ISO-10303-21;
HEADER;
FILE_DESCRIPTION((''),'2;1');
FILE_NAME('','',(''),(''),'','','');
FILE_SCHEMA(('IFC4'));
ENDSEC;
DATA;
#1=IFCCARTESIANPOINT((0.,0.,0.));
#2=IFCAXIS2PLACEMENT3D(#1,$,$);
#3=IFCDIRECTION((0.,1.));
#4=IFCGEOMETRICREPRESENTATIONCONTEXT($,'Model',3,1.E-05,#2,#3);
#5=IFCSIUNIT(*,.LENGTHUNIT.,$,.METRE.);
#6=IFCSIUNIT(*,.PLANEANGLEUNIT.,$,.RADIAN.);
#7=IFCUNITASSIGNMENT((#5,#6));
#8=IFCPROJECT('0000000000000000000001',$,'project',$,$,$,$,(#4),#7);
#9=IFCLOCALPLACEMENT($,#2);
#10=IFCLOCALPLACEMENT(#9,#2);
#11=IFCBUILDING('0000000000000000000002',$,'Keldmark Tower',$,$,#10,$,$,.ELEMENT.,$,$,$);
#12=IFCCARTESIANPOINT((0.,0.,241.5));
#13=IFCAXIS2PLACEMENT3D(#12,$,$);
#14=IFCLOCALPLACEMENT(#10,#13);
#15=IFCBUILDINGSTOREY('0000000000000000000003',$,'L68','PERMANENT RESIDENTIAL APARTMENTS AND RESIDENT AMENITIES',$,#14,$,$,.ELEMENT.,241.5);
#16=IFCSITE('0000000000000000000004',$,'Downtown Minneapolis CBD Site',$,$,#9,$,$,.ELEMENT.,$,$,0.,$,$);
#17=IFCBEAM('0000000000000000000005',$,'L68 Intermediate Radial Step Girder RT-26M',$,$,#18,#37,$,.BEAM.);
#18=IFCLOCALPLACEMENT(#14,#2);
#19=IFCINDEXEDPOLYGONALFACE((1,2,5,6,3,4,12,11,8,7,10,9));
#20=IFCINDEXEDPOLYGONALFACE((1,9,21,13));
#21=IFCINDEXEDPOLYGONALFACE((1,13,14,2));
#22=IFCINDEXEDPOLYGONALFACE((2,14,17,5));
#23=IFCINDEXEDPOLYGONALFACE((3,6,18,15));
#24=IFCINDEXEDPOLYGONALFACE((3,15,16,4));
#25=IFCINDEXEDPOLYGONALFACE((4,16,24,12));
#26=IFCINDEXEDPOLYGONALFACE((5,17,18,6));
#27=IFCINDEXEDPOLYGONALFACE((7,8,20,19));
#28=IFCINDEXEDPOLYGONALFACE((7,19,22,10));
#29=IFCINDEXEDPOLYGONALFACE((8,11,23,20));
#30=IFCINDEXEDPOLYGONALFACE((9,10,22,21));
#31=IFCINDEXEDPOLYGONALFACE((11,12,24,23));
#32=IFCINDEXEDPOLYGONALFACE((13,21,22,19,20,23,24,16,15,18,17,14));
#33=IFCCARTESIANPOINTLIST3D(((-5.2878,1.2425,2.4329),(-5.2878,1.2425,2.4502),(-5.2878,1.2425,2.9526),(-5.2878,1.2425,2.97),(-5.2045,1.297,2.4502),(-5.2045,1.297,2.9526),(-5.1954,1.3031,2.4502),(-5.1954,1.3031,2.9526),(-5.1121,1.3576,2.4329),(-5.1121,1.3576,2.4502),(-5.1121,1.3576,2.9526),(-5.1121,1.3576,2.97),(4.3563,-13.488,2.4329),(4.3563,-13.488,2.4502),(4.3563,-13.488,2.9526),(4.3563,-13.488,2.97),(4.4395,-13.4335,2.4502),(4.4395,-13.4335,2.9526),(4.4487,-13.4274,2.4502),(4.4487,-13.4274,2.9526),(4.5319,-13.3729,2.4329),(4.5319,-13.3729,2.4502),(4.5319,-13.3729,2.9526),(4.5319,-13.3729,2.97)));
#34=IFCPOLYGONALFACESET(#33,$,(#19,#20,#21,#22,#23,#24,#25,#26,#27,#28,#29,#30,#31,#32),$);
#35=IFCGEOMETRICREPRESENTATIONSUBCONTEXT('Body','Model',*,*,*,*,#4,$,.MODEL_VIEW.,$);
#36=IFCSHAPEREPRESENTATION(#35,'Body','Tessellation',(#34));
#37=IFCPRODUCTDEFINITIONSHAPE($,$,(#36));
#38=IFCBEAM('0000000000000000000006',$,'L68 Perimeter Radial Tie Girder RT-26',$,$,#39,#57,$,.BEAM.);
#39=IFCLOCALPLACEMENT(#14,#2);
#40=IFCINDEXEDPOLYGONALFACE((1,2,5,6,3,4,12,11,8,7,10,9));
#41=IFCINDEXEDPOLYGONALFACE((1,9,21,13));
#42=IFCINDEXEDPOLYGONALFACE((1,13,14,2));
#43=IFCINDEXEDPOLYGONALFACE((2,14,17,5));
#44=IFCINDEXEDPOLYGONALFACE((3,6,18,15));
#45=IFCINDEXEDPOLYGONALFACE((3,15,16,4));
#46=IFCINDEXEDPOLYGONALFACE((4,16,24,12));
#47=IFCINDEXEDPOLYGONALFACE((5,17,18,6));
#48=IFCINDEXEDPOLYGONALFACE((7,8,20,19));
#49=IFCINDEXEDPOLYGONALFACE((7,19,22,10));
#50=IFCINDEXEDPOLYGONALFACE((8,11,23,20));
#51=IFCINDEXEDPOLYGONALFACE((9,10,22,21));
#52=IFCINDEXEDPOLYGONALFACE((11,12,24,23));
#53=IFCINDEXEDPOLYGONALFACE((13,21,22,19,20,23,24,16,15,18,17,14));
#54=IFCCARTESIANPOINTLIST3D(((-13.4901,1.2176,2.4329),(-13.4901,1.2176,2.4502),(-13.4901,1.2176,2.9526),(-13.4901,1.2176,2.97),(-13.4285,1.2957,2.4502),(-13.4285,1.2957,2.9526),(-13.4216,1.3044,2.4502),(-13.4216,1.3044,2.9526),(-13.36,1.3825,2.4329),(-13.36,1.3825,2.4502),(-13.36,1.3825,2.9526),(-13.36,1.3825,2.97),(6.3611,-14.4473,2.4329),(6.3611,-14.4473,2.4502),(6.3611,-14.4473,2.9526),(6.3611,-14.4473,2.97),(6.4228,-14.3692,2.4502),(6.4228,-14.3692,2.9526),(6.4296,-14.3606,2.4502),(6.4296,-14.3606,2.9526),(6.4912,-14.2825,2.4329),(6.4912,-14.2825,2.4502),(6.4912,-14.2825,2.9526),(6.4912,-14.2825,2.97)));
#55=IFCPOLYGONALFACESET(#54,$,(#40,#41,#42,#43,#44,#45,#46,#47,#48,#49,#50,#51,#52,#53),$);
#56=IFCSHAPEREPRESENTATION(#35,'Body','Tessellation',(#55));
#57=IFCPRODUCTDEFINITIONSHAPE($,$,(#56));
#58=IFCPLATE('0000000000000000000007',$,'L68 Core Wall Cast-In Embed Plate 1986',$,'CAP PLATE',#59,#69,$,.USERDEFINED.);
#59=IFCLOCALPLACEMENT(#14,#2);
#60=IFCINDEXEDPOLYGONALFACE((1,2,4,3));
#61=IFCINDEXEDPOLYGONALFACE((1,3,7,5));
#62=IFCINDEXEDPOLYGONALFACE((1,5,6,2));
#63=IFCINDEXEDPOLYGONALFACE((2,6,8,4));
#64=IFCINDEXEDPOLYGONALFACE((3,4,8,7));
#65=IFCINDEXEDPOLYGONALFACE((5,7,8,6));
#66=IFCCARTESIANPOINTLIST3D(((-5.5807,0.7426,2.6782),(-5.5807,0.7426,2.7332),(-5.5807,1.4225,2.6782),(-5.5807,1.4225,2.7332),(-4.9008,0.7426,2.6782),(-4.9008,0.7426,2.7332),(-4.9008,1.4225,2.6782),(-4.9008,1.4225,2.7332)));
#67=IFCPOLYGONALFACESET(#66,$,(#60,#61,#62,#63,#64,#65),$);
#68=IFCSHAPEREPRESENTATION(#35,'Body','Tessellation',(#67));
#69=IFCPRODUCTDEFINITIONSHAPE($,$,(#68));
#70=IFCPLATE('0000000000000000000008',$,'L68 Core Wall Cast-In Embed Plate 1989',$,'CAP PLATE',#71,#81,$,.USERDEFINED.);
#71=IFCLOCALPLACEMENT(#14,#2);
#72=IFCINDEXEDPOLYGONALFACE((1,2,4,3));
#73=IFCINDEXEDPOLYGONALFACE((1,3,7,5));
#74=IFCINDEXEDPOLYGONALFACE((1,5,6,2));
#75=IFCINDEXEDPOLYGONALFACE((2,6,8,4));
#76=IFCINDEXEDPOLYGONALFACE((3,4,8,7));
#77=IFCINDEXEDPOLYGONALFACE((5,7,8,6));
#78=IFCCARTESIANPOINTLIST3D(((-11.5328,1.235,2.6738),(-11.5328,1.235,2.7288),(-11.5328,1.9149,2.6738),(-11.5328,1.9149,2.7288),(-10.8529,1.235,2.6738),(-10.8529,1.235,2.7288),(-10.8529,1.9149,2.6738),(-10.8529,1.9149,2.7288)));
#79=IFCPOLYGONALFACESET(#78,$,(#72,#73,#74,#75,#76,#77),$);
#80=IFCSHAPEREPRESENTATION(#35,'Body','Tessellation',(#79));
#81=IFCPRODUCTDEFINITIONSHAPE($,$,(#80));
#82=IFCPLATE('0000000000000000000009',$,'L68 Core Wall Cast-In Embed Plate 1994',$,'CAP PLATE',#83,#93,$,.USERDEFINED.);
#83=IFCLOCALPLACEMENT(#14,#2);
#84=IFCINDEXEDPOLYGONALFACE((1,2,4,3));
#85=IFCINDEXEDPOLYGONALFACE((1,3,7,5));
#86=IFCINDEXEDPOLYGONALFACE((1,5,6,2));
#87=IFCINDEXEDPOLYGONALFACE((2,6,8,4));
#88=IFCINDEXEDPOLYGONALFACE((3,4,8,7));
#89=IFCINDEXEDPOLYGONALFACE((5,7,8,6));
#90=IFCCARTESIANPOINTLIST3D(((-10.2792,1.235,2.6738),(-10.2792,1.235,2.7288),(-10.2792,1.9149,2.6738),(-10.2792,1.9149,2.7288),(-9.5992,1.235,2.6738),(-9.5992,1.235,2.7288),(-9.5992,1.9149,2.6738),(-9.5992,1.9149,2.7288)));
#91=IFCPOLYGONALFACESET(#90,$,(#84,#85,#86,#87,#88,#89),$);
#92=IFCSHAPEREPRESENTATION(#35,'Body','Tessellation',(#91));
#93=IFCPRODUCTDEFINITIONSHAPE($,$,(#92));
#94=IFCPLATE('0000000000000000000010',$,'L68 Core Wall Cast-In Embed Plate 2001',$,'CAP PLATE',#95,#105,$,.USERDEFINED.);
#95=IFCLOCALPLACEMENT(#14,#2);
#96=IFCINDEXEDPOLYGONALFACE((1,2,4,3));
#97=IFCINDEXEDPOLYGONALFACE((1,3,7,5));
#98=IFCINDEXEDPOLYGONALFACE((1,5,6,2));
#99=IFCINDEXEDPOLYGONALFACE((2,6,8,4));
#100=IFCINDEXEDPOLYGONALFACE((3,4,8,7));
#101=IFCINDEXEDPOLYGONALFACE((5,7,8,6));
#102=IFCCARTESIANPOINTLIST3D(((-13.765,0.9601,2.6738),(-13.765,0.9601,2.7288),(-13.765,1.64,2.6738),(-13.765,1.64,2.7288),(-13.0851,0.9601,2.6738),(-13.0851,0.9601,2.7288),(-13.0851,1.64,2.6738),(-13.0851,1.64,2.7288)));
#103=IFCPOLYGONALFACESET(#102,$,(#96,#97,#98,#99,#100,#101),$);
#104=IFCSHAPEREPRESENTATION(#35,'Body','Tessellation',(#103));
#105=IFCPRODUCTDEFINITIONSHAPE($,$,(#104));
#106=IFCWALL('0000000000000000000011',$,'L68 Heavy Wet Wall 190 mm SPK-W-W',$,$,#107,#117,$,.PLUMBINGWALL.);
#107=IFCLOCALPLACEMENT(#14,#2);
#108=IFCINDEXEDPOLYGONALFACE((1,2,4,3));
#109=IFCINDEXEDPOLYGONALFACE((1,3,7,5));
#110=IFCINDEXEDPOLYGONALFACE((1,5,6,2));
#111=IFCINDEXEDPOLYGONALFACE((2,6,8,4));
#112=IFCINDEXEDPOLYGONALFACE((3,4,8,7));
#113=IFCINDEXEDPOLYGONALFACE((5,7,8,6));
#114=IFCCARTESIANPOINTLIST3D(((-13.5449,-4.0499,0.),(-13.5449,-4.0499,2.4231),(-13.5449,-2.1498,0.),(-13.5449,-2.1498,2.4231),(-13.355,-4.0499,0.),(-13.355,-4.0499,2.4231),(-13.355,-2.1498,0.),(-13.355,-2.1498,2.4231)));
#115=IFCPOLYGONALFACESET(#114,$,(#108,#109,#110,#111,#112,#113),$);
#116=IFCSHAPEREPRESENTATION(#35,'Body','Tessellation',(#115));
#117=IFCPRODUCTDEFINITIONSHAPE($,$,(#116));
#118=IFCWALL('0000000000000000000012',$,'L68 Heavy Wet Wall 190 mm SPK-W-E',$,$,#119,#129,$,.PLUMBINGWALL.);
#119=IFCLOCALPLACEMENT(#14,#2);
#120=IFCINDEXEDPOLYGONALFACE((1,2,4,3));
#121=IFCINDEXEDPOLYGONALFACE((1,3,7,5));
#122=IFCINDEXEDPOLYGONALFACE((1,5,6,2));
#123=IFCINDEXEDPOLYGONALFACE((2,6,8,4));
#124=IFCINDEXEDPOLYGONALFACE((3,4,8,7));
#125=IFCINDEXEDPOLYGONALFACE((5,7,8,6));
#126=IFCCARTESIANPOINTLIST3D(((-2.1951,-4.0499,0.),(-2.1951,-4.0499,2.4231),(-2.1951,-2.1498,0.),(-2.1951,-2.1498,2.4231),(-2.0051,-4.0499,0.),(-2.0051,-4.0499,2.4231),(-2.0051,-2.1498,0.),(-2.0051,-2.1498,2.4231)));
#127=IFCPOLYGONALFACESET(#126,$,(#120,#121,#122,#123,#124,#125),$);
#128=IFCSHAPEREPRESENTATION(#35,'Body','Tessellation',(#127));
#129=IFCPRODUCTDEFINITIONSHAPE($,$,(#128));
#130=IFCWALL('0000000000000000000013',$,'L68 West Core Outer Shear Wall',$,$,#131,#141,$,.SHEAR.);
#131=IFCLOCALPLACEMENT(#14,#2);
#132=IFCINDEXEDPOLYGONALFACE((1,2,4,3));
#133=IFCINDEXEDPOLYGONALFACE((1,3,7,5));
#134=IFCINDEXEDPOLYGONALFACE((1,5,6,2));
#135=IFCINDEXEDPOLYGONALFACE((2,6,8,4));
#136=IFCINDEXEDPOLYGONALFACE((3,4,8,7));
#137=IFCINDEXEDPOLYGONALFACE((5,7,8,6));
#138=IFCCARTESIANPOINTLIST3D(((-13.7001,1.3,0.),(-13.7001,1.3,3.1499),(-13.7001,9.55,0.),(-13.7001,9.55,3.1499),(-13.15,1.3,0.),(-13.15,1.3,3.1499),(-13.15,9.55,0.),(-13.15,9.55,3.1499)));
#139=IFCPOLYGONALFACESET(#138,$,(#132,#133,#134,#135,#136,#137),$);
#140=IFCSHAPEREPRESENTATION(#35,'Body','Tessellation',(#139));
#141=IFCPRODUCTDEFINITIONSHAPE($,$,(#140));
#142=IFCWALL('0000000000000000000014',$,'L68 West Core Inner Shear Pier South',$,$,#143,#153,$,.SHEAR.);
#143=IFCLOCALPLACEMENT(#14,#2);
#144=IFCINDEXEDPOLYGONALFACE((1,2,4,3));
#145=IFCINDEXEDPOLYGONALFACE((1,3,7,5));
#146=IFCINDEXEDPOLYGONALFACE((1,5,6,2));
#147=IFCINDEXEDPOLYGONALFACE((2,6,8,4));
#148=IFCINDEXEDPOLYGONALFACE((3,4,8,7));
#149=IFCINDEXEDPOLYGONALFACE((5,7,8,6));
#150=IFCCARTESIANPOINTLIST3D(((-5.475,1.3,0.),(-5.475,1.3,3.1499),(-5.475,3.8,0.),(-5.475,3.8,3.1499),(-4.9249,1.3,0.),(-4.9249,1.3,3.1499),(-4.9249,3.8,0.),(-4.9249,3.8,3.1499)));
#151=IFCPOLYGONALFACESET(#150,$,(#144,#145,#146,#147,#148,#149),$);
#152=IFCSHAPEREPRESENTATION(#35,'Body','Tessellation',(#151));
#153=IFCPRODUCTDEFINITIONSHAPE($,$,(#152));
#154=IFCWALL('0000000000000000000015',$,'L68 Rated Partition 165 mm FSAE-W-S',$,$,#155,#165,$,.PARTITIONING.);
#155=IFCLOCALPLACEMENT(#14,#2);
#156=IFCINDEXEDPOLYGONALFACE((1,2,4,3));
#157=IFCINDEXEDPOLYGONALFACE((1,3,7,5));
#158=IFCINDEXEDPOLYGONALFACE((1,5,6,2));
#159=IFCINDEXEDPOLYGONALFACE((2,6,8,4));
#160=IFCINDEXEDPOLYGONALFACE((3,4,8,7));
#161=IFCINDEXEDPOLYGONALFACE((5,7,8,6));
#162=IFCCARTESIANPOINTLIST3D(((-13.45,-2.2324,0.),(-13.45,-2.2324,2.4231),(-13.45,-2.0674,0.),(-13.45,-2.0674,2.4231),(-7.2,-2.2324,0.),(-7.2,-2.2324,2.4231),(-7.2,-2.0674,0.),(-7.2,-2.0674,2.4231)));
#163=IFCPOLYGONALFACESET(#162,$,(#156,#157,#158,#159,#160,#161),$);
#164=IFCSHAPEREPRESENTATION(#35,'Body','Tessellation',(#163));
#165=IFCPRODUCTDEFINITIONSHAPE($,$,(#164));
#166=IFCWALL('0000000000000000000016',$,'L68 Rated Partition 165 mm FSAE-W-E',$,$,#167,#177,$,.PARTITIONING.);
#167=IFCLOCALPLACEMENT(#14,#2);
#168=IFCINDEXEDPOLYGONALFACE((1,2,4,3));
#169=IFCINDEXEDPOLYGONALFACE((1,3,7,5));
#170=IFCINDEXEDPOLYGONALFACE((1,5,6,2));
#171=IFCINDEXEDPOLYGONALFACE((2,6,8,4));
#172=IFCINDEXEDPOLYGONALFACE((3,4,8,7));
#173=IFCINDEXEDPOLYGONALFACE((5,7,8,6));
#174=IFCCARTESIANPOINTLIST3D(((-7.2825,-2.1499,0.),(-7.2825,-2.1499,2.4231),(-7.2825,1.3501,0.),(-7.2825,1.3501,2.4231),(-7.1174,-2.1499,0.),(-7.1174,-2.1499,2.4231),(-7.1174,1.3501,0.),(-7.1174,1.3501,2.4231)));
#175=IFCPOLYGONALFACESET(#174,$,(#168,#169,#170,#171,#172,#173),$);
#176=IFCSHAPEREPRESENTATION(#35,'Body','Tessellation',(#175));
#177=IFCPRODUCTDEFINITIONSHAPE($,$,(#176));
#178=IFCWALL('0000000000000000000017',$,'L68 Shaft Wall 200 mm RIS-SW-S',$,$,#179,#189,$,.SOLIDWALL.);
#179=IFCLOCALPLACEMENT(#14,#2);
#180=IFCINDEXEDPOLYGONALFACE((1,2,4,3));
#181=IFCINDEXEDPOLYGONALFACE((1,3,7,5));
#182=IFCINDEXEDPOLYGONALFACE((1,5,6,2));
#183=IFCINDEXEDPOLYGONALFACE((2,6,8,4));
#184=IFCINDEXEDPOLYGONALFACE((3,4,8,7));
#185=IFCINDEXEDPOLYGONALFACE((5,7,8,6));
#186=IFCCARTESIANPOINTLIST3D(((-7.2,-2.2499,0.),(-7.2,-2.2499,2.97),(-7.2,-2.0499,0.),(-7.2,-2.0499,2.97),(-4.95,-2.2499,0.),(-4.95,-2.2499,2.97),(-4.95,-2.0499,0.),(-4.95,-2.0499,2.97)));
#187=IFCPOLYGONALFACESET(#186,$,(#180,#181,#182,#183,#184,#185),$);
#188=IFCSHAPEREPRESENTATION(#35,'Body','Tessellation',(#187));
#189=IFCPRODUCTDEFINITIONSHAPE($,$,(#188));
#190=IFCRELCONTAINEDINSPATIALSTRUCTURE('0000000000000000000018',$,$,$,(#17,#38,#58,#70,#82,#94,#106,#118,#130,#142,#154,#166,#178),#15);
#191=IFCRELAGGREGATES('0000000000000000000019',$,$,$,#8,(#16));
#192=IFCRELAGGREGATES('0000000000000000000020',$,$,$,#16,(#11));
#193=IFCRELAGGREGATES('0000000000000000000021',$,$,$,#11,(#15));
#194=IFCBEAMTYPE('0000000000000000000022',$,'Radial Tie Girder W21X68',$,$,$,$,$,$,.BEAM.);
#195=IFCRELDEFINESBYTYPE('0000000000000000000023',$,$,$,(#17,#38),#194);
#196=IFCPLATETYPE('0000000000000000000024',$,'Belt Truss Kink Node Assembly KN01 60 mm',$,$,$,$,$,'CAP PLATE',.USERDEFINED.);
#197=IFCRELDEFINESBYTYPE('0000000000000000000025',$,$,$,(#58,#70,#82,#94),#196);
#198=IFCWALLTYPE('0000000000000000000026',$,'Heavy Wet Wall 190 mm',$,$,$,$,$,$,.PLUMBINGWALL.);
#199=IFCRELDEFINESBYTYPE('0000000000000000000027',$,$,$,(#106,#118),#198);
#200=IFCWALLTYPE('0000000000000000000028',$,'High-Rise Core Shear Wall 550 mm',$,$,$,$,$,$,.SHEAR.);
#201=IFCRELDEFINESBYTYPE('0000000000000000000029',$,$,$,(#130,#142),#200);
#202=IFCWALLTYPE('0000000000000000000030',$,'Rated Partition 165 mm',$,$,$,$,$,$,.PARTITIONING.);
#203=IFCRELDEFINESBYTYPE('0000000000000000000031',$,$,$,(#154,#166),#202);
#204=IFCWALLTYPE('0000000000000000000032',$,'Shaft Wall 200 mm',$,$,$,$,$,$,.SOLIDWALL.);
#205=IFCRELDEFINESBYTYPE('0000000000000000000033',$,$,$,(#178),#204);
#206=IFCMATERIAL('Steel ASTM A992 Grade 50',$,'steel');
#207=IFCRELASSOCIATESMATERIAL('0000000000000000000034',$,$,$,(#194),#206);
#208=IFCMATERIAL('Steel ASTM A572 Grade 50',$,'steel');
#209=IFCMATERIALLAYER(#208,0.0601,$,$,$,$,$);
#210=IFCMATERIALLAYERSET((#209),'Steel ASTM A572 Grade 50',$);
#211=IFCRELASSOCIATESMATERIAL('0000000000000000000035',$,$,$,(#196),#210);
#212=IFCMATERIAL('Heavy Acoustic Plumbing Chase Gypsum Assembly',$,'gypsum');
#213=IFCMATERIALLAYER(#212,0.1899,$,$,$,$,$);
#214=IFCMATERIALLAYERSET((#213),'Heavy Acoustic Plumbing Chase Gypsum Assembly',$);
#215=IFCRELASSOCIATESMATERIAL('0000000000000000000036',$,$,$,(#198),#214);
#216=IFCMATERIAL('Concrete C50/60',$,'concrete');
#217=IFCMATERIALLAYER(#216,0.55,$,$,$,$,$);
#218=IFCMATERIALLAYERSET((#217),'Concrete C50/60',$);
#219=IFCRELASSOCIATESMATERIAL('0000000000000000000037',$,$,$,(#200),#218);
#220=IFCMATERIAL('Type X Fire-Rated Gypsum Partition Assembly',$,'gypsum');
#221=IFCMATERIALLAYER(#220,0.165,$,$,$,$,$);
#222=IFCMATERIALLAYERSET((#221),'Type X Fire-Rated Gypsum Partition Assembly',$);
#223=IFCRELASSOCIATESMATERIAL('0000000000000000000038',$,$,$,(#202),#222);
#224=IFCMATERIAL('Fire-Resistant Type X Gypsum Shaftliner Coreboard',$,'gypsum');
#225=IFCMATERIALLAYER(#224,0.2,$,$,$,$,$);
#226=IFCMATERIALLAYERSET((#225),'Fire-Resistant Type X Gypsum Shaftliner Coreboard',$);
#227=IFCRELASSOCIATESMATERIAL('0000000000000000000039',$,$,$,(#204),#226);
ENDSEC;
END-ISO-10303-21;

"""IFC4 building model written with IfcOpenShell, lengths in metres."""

from ifc_helpers import new_model, si_unit, direction, frame, frame_2d, origin, origin_2d, place, context, subcontext, project, spatial, rectangle, i_section, extrude, material, layer, layer_set, material_profile, profile_set, type_object, element, save


model = new_model("IFC4")

# Units and contexts
model_context = context("Model", 3, precision=1e-05, world=origin(), true_north=direction((0.0, 1.0)))
body_context = subcontext(model_context, "Body", "Model", "MODEL_VIEW")
ifc_project = project(units=[si_unit("LENGTHUNIT", "METRE"), si_unit("PLANEANGLEUNIT", "RADIAN")], contexts=[model_context])

# Site, building, storey
site_placement = place(None, origin())
site = spatial("IfcSite", under=ifc_project, at=site_placement, Name="Downtown Minneapolis CBD Site", CompositionType="ELEMENT", RefElevation=0.0)
building_placement = place(site_placement, origin())
building = spatial("IfcBuilding", under=site, at=building_placement, Name="Keldmark Tower", CompositionType="ELEMENT")
storey_placement = place(building_placement, frame((0.0, 0.0, 241.5)))
storey = spatial("IfcBuildingStorey", under=building, at=storey_placement, Name="L68", Description="PERMANENT RESIDENTIAL APARTMENTS AND RESIDENT AMENITIES", CompositionType="ELEMENT", Elevation=241.5)

# Beams
ifc_material_1 = material(Name="Steel ASTM A992 Grade 50", Category="steel")
ifc_material_profile_1 = material_profile(ifc_material_1, i_section(OverallWidth=0.21, OverallDepth=0.5371, WebThickness=0.011, FlangeThickness=0.0173, at=origin_2d()), Name="W21X68")
ifc_profile_set_1 = profile_set([ifc_material_profile_1], Name="Steel ASTM A992 Grade 50")
beam_type_1 = type_object("IfcBeamType", Name="Radial Tie Girder W21X68", PredefinedType="BEAM", material=ifc_profile_set_1)
beam_1_placement = place(storey_placement, frame((-5.2, 1.3, 2.7014), z_axis=(0.54775, -0.836642, 0.0), x_axis=(0.836642, 0.54775, 0.0)))
element("IfcBeam", 1, at=beam_1_placement, inside=storey, type_object=beam_type_1, Name="L68 Intermediate Radial Step Girder RT-26M", PredefinedType="BEAM", context=body_context, shape_type="SweptSolid", body=[
    extrude(i_section(OverallWidth=0.21, OverallDepth=0.5371, WebThickness=0.011, FlangeThickness=0.0173, at=origin_2d()), origin(), (0.0, 0.0, 1.0), 17.6067),
])
beam_2_placement = place(storey_placement, frame((-13.425, 1.3, 2.7014), z_axis=(0.785018, -0.619472, 0.0), x_axis=(0.619472, 0.785018, 0.0)))
element("IfcBeam", 2, at=beam_2_placement, inside=storey, type_object=beam_type_1, Name="L68 Perimeter Radial Tie Girder RT-26", PredefinedType="BEAM", context=body_context, shape_type="SweptSolid", body=[
    extrude(i_section(OverallWidth=0.21, OverallDepth=0.5371, WebThickness=0.011, FlangeThickness=0.0173, at=origin_2d()), origin(), (0.0, 0.0, 1.0), 25.2876),
])

# Plates
ifc_material_2 = material(Name="Steel ASTM A572 Grade 50", Category="steel")
ifc_layer_1 = layer(ifc_material_2, 0.0601)
ifc_layer_set_1 = layer_set([ifc_layer_1], Name="Steel ASTM A572 Grade 50")
plate_type = type_object("IfcPlateType", Name="Belt Truss Kink Node Assembly KN01 60 mm", ElementType="CAP PLATE", PredefinedType="USERDEFINED", material=ifc_layer_set_1)
for number, where, z_axis, x_axis, name in (
    (3, (-5.2407, 1.0825, 2.6782), (0.0, 0.0, 1.0), (1.0, 0.0, 0.0), "L68 Core Wall Cast-In Embed Plate 1986"),
    (4, (-11.1929, 1.575, 2.6738), (0.0, 0.0, 1.0), (1.0, 0.0, 0.0), "L68 Core Wall Cast-In Embed Plate 1989"),
    (5, (-9.9392, 1.575, 2.6738), (0.0, 0.0, 1.0), (1.0, 0.0, 0.0), "L68 Core Wall Cast-In Embed Plate 1994"),
    (6, (-13.425, 1.3, 2.6738), (0.0, 0.0, 1.0), (1.0, 0.0, 0.0), "L68 Core Wall Cast-In Embed Plate 2001"),
):
    element("IfcPlate", number, at=place(storey_placement, frame(where, z_axis=z_axis, x_axis=x_axis)), inside=storey, type_object=plate_type, Name=name, ObjectType="CAP PLATE", PredefinedType="USERDEFINED", context=body_context, shape_type="SweptSolid", body=[
        extrude(rectangle(XDim=0.6799, YDim=0.6799, at=origin_2d()), origin(), (0.0, 0.0, 1.0), 0.0549),
    ])

# Walls
ifc_material_3 = material(Name="Heavy Acoustic Plumbing Chase Gypsum Assembly", Category="gypsum")
ifc_layer_2 = layer(ifc_material_3, 0.1899)
ifc_layer_set_2 = layer_set([ifc_layer_2], Name="Heavy Acoustic Plumbing Chase Gypsum Assembly")
wall_type_1 = type_object("IfcWallType", Name="Heavy Wet Wall 190 mm", PredefinedType="PLUMBINGWALL", material=ifc_layer_set_2)
for number, where, z_axis, x_axis, name in (
    (7, (-13.45, -4.05, 0.0), (0.0, 0.0, 1.0), (0.0, 1.0, 0.0), "L68 Heavy Wet Wall 190 mm SPK-W-W"),
    (8, (-2.1001, -4.05, 0.0), (0.0, 0.0, 1.0), (0.0, 1.0, 0.0), "L68 Heavy Wet Wall 190 mm SPK-W-E"),
):
    element("IfcWall", number, at=place(storey_placement, frame(where, z_axis=z_axis, x_axis=x_axis)), inside=storey, type_object=wall_type_1, Name=name, PredefinedType="PLUMBINGWALL", context=body_context, shape_type="SweptSolid", body=[
        extrude(rectangle(XDim=1.9001, YDim=0.1899, at=frame_2d((0.9502, 0.0))), origin(), (0.0, 0.0, 1.0), 2.4231),
    ])
ifc_material_4 = material(Name="Concrete C50/60", Category="concrete")
ifc_layer_3 = layer(ifc_material_4, 0.55)
ifc_layer_set_3 = layer_set([ifc_layer_3], Name="Concrete C50/60")
wall_type_2 = type_object("IfcWallType", Name="High-Rise Core Shear Wall 550 mm", PredefinedType="SHEAR", material=ifc_layer_set_3)
wall_1_placement = place(storey_placement, frame((-13.425, 1.3, 0.0), z_axis=(0.0, 0.0, 1.0), x_axis=(0.0, 1.0, 0.0)))
element("IfcWall", 9, at=wall_1_placement, inside=storey, type_object=wall_type_2, Name="L68 West Core Outer Shear Wall", PredefinedType="SHEAR", context=body_context, shape_type="SweptSolid", body=[
    extrude(rectangle(XDim=8.25, YDim=0.55, at=frame_2d((4.125, 0.0))), origin(), (0.0, 0.0, 1.0), 3.1499),
])
wall_2_placement = place(storey_placement, frame((-5.2, 1.3, 0.0), z_axis=(0.0, 0.0, 1.0), x_axis=(0.0, 1.0, 0.0)))
element("IfcWall", 10, at=wall_2_placement, inside=storey, type_object=wall_type_2, Name="L68 West Core Inner Shear Pier South", PredefinedType="SHEAR", context=body_context, shape_type="SweptSolid", body=[
    extrude(rectangle(XDim=2.5, YDim=0.55, at=frame_2d((1.25, 0.0))), origin(), (0.0, 0.0, 1.0), 3.1499),
])
ifc_material_5 = material(Name="Type X Fire-Rated Gypsum Partition Assembly", Category="gypsum")
ifc_layer_4 = layer(ifc_material_5, 0.165)
ifc_layer_set_4 = layer_set([ifc_layer_4], Name="Type X Fire-Rated Gypsum Partition Assembly")
wall_type_3 = type_object("IfcWallType", Name="Rated Partition 165 mm", PredefinedType="PARTITIONING", material=ifc_layer_set_4)
wall_3_placement = place(storey_placement, frame((-13.45, -2.1499, 0.0), z_axis=(0.0, 0.0, 1.0), x_axis=(1.0, 0.0, 0.0)))
element("IfcWall", 11, at=wall_3_placement, inside=storey, type_object=wall_type_3, Name="L68 Rated Partition 165 mm FSAE-W-S", PredefinedType="PARTITIONING", context=body_context, shape_type="SweptSolid", body=[
    extrude(rectangle(XDim=6.25, YDim=0.165, at=frame_2d((3.125, 0.0))), origin(), (0.0, 0.0, 1.0), 2.4231),
])

# Walls
wall_4_placement = place(storey_placement, frame((-7.2, -2.1499, 0.0), z_axis=(0.0, 0.0, 1.0), x_axis=(0.0, 1.0, 0.0)))
element("IfcWall", 12, at=wall_4_placement, inside=storey, type_object=wall_type_3, Name="L68 Rated Partition 165 mm FSAE-W-E", PredefinedType="PARTITIONING", context=body_context, shape_type="SweptSolid", body=[
    extrude(rectangle(XDim=3.5, YDim=0.165, at=frame_2d((1.75, 0.0))), origin(), (0.0, 0.0, 1.0), 2.4231),
])
ifc_material_6 = material(Name="Fire-Resistant Type X Gypsum Shaftliner Coreboard", Category="gypsum")
ifc_layer_5 = layer(ifc_material_6, 0.2)
ifc_layer_set_5 = layer_set([ifc_layer_5], Name="Fire-Resistant Type X Gypsum Shaftliner Coreboard")
wall_type_4 = type_object("IfcWallType", Name="Shaft Wall 200 mm", PredefinedType="SOLIDWALL", material=ifc_layer_set_5)
wall_5_placement = place(storey_placement, frame((-7.2, -2.1499, 0.0), z_axis=(0.0, 0.0, 1.0), x_axis=(1.0, 0.0, 0.0)))
element("IfcWall", 13, at=wall_5_placement, inside=storey, type_object=wall_type_4, Name="L68 Shaft Wall 200 mm RIS-SW-S", PredefinedType="SOLIDWALL", context=body_context, shape_type="SweptSolid", body=[
    extrude(rectangle(XDim=2.25, YDim=0.2, at=frame_2d((1.125, 0.0))), origin(), (0.0, 0.0, 1.0), 2.97),
])

save(model, "model.ifc")
